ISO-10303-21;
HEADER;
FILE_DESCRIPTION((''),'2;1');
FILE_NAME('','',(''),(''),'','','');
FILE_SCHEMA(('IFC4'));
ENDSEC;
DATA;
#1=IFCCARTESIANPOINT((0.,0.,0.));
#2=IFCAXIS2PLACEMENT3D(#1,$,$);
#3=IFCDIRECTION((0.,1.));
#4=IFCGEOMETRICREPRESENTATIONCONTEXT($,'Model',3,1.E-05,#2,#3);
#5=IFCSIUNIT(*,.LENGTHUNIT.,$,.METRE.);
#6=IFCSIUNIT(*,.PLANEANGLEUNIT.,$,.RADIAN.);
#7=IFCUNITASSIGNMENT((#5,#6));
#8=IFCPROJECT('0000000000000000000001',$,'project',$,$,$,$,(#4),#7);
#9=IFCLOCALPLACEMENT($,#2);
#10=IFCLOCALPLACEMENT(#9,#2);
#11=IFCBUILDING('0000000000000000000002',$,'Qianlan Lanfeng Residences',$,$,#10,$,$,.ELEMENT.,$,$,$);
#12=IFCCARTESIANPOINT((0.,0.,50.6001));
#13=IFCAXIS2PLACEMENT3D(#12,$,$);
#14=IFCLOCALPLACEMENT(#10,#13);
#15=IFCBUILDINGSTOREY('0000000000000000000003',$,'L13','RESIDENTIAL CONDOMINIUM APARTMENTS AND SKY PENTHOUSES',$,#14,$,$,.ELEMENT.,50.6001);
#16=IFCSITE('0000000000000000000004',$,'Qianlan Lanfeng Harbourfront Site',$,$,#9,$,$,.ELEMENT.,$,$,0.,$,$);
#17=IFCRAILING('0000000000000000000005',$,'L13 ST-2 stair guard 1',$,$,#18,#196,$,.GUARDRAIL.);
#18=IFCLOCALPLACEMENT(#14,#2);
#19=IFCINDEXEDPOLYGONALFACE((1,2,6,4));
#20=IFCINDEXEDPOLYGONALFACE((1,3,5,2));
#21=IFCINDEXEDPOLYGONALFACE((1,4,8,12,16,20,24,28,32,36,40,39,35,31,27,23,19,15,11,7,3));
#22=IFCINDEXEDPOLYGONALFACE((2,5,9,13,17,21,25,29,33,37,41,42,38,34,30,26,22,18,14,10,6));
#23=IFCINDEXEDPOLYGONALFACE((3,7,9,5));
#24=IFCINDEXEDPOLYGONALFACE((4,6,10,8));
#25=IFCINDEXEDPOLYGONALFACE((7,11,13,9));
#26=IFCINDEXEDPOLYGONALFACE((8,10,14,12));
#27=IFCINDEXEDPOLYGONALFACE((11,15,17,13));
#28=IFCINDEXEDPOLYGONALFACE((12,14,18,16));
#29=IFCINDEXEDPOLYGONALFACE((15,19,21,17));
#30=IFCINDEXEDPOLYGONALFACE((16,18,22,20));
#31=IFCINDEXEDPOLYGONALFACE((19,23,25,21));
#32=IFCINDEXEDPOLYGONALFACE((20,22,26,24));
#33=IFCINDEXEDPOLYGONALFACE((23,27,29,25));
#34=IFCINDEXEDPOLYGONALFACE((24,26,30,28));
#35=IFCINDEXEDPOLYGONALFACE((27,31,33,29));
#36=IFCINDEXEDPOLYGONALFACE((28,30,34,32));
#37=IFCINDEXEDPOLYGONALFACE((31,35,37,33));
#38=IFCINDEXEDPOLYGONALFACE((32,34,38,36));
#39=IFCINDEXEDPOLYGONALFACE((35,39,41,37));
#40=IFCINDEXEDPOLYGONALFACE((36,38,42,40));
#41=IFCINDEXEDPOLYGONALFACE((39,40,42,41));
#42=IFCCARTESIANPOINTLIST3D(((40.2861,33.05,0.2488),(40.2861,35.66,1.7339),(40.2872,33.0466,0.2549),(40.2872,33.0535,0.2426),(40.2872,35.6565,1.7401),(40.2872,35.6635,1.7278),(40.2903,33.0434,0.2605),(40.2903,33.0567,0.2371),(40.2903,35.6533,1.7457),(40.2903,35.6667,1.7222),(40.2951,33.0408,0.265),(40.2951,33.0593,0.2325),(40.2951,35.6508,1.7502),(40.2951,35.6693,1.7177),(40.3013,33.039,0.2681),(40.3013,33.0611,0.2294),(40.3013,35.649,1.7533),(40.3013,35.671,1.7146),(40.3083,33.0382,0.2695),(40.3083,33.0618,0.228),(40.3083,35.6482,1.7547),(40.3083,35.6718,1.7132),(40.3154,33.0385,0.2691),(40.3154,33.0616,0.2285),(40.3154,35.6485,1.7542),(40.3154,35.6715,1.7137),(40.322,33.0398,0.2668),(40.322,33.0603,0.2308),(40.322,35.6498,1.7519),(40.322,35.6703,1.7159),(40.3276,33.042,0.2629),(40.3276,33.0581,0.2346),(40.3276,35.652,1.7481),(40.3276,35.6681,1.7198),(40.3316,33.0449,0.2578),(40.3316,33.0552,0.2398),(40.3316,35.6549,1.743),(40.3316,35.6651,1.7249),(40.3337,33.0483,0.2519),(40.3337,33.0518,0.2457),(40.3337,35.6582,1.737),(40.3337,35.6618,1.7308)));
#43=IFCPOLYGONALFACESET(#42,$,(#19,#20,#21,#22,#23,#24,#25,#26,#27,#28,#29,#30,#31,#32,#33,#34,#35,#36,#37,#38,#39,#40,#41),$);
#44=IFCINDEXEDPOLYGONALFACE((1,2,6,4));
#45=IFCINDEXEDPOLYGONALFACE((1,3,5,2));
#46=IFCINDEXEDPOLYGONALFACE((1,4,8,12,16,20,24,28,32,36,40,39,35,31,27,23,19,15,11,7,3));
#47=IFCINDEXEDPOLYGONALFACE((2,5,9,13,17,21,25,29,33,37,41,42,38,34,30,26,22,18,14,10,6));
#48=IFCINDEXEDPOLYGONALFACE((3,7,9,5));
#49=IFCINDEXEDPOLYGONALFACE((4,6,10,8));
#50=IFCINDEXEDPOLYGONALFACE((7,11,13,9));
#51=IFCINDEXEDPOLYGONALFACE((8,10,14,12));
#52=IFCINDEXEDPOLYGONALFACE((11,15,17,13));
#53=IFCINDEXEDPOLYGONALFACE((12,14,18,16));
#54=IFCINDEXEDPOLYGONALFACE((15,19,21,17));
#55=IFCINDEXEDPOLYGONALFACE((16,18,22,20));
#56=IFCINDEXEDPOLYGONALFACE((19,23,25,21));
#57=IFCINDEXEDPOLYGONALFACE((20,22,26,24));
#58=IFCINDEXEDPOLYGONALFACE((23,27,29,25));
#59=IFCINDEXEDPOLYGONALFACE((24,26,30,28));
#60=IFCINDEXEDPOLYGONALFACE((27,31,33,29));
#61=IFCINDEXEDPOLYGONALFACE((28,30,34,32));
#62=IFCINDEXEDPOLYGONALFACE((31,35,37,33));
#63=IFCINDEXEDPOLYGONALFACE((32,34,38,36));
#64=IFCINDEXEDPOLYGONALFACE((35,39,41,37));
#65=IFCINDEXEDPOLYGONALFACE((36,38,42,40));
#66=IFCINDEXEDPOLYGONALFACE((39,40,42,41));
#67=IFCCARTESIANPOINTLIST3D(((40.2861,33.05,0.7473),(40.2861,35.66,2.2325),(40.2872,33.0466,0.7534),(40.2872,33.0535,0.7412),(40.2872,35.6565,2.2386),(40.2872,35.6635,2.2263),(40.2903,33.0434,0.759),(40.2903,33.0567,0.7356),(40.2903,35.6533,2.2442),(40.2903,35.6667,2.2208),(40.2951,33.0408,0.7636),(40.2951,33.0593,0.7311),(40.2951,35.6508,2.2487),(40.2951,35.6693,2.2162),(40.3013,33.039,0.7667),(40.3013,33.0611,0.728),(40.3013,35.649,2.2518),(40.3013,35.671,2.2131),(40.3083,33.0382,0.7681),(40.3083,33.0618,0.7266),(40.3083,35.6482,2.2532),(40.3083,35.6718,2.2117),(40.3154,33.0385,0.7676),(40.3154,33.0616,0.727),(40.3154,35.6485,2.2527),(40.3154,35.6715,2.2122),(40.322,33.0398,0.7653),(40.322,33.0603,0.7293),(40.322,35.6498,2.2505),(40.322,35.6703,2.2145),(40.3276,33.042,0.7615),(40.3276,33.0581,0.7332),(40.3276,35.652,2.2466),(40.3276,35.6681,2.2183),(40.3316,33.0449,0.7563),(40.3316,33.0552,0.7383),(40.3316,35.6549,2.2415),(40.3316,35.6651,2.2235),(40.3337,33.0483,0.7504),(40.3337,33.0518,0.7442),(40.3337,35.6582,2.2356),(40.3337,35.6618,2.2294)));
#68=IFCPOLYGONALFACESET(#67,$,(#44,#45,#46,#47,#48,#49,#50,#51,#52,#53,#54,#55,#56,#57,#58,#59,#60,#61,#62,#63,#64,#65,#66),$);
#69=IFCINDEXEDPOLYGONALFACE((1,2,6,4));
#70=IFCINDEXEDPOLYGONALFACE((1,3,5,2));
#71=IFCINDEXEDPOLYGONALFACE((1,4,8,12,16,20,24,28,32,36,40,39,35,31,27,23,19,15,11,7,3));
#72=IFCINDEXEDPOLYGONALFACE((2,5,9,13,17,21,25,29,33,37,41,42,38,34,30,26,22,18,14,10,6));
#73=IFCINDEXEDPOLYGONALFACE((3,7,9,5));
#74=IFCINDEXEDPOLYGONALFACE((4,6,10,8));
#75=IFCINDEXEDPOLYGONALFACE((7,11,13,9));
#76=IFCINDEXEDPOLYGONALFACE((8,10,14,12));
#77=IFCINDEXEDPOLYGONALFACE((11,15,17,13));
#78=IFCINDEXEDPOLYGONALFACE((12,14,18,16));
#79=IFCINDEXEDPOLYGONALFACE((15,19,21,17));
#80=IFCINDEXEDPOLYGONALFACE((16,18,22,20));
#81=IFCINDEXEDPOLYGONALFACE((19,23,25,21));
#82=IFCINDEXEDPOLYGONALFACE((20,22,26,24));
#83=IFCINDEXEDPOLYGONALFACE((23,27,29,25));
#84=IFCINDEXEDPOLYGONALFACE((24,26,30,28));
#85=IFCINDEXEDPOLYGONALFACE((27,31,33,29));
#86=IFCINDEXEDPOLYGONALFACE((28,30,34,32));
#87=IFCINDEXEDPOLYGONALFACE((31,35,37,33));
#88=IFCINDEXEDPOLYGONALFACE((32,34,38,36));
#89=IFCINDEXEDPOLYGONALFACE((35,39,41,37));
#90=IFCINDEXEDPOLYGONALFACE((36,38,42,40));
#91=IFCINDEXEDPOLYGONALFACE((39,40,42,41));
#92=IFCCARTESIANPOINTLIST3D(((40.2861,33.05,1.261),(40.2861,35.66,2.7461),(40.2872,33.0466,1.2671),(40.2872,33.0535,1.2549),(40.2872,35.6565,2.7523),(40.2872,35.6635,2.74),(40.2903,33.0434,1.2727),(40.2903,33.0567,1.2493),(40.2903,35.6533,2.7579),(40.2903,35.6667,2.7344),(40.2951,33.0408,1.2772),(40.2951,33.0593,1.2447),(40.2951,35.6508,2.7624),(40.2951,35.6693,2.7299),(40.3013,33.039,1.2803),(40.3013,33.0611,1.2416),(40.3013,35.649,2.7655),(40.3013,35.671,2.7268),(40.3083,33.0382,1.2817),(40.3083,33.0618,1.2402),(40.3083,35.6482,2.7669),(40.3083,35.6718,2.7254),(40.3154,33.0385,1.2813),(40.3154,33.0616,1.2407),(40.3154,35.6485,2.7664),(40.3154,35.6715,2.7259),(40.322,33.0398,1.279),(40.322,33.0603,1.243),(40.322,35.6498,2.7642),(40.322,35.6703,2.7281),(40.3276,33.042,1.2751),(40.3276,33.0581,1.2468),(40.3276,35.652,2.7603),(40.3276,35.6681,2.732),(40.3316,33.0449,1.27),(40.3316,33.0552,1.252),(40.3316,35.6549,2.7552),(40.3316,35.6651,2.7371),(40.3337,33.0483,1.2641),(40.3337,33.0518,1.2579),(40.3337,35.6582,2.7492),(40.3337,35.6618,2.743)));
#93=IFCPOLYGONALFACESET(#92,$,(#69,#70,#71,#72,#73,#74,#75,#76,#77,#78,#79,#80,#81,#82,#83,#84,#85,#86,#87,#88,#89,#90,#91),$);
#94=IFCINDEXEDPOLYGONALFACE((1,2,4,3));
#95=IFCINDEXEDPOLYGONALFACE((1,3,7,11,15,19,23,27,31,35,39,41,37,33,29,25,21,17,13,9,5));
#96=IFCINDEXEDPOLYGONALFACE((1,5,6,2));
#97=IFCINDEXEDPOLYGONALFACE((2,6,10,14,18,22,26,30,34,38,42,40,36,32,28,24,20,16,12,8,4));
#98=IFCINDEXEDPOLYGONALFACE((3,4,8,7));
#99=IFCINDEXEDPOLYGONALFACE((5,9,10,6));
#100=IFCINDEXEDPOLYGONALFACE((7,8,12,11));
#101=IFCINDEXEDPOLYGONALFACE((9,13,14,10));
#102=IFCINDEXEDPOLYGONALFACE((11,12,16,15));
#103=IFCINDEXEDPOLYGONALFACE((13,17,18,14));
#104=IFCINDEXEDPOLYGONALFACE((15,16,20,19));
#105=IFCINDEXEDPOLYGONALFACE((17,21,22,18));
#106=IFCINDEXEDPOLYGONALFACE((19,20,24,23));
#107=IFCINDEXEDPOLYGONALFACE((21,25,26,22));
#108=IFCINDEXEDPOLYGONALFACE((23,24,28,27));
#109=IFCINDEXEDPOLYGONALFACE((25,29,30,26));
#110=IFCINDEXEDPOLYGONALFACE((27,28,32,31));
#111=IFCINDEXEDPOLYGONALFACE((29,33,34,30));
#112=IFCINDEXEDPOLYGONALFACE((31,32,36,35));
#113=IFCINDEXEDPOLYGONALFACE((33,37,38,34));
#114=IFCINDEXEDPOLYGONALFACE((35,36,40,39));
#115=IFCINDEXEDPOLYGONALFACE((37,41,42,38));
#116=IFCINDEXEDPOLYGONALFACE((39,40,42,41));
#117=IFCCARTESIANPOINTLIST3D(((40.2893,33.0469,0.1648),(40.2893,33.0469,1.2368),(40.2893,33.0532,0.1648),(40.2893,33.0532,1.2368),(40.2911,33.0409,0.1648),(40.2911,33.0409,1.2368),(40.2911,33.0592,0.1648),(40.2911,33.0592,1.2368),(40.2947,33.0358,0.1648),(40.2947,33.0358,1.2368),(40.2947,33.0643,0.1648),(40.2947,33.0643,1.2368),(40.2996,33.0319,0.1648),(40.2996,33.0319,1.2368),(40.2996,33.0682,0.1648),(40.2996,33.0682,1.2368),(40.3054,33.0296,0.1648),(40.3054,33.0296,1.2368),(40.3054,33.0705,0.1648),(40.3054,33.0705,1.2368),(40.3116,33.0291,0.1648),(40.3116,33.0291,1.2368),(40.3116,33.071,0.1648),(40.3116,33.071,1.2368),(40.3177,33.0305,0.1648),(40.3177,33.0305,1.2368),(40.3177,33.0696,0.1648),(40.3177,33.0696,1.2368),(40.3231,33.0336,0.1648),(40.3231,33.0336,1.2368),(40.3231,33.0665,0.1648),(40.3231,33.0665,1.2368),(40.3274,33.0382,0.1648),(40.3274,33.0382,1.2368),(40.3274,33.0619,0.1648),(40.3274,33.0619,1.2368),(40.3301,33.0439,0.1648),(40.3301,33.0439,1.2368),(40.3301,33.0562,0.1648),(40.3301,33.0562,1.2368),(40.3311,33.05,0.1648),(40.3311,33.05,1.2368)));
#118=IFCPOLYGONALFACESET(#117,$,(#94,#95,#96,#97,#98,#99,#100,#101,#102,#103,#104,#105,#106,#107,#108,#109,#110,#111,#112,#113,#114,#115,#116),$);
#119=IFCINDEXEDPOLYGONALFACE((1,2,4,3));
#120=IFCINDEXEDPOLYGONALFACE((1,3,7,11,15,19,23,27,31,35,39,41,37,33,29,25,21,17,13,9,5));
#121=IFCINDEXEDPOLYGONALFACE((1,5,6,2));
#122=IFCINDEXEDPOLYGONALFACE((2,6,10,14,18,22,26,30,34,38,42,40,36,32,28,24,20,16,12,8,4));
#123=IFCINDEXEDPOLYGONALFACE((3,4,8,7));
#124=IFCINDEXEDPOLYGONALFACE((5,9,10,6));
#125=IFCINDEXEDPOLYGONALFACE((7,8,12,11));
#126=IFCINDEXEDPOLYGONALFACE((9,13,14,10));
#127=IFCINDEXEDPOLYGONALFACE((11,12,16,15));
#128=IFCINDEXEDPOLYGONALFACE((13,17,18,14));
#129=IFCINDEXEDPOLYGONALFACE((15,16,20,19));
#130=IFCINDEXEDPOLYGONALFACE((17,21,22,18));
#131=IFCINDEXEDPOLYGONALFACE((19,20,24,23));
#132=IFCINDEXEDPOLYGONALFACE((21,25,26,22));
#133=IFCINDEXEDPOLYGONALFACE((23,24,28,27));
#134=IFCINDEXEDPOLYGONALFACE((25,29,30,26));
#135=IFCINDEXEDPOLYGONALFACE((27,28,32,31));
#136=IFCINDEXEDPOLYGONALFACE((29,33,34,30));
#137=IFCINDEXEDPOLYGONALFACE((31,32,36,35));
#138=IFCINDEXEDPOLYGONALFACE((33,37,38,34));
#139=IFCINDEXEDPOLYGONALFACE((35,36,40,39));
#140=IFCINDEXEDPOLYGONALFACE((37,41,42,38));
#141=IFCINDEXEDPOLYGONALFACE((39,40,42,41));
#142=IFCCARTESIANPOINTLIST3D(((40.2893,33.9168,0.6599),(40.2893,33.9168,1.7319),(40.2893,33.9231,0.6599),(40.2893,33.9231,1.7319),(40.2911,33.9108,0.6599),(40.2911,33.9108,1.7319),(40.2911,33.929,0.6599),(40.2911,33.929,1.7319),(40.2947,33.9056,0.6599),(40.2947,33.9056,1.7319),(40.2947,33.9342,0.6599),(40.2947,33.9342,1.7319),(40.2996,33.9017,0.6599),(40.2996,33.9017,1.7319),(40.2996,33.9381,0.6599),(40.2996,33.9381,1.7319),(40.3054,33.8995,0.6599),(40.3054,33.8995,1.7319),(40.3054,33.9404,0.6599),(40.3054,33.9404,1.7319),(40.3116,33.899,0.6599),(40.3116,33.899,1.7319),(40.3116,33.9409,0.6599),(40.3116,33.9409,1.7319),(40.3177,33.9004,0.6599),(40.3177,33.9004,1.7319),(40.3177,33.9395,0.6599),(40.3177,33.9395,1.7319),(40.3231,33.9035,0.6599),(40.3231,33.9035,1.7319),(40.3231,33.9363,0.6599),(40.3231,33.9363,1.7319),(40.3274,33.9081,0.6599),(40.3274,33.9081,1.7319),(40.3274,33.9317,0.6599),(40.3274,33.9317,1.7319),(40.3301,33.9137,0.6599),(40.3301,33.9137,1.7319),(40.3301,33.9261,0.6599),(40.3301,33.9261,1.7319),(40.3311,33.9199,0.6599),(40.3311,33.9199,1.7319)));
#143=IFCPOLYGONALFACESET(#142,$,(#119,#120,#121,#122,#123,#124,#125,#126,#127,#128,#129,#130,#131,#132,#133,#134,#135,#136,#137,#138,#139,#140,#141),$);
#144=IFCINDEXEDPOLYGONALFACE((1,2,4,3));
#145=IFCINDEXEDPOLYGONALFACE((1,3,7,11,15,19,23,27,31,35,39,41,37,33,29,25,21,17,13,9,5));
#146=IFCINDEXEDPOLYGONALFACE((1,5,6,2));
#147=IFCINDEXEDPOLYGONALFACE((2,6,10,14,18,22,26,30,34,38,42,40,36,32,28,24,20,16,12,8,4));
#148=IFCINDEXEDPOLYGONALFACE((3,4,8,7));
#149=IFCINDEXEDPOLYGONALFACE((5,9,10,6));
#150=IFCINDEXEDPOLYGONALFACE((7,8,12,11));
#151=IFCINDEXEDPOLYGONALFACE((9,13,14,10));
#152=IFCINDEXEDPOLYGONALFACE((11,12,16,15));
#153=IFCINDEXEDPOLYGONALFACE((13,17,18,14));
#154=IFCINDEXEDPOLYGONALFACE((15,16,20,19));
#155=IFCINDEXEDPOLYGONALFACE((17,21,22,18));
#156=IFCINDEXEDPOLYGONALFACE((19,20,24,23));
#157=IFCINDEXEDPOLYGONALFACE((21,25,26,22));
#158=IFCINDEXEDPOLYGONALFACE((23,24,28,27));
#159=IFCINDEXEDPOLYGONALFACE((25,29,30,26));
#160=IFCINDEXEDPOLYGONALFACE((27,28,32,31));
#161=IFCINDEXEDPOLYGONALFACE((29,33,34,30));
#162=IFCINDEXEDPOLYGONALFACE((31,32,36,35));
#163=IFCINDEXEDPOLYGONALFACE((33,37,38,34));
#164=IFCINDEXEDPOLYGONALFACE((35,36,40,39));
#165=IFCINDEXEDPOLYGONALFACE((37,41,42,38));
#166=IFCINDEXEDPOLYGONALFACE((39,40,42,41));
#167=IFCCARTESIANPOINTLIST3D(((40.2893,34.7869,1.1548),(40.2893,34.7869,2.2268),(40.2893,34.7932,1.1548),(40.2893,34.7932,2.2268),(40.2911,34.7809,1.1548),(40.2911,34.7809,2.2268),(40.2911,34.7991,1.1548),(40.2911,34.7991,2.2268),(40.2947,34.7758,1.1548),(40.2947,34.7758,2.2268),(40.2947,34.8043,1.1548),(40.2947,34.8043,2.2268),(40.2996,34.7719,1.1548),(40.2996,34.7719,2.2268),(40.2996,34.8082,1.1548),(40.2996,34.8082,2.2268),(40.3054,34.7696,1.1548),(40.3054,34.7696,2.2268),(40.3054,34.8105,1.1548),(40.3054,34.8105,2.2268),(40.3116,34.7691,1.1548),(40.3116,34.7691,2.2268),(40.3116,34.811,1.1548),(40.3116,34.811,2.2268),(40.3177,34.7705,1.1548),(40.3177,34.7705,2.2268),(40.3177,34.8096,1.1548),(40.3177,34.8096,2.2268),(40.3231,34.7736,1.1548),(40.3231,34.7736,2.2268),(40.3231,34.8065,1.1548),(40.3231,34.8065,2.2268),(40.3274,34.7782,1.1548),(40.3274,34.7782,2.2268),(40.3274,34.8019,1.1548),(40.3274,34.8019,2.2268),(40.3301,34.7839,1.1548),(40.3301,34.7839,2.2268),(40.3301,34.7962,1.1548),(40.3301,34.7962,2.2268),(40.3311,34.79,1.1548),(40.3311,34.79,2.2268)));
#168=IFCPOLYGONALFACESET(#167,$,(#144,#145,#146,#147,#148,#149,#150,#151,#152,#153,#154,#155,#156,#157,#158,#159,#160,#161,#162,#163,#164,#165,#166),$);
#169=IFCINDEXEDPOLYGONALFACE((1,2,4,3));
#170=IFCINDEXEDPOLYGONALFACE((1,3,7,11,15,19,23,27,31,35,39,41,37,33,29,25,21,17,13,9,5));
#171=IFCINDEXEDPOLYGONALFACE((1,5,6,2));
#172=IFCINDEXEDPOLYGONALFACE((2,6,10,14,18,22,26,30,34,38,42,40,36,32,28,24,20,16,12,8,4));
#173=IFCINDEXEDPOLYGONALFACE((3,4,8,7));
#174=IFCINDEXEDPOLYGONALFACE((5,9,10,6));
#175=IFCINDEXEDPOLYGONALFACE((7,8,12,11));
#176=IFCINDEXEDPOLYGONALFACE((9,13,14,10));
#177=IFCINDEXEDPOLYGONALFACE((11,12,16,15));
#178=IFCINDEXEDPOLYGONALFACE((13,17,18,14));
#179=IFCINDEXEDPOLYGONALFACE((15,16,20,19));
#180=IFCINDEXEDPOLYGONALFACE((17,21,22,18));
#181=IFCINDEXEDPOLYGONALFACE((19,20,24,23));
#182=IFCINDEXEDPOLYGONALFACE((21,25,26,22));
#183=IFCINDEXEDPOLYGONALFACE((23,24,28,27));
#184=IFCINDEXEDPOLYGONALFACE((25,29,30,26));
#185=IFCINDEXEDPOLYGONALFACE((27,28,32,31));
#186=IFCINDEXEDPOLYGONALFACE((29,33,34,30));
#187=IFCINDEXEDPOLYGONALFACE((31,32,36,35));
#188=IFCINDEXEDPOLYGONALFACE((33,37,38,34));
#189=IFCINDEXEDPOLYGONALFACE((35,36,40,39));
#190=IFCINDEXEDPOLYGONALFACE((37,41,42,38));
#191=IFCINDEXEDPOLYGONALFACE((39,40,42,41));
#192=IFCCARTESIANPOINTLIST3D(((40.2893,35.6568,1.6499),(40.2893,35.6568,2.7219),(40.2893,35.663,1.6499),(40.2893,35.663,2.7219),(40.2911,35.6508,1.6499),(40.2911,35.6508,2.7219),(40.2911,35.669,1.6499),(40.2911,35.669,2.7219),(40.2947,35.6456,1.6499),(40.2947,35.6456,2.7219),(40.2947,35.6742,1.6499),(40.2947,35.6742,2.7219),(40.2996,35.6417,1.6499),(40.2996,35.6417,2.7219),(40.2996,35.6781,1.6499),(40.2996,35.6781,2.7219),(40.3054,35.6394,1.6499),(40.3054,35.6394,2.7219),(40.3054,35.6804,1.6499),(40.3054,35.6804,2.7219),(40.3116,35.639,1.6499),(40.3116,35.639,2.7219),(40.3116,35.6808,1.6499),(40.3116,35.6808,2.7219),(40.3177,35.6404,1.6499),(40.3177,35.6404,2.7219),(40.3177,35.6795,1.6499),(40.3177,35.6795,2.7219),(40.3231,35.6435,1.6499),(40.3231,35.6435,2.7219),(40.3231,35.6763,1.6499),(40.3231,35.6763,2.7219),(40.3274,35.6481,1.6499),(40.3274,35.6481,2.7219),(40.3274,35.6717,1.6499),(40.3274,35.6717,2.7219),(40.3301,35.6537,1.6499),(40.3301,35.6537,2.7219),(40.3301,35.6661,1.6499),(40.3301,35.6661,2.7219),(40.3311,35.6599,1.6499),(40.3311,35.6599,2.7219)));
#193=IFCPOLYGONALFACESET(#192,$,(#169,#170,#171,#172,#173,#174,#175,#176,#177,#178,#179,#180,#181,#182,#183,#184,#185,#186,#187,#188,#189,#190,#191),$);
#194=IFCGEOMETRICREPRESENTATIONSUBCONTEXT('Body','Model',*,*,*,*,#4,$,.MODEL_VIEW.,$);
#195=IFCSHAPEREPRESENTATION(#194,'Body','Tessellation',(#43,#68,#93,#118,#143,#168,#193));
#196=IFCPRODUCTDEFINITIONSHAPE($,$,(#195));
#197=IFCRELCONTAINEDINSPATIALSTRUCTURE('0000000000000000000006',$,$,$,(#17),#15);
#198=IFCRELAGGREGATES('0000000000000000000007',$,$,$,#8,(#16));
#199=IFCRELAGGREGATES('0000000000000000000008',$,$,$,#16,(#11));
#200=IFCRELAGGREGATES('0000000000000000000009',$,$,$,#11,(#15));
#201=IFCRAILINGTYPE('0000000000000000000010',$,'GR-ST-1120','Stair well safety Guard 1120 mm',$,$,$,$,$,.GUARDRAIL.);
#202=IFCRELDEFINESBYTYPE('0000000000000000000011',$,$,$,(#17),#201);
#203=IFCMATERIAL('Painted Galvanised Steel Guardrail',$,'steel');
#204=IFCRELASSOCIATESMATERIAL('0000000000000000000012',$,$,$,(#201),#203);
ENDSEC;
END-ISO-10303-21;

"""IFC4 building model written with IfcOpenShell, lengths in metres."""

from ifc_helpers import new_model, si_unit, direction, frame, origin, origin_2d, place, context, subcontext, project, spatial, circle, extrude, material, type_object, element, save


model = new_model("IFC4")

# Units and contexts
model_context = context("Model", 3, precision=1e-05, world=origin(), true_north=direction((0.0, 1.0)))
body_context = subcontext(model_context, "Body", "Model", "MODEL_VIEW")
ifc_project = project(units=[si_unit("LENGTHUNIT", "METRE"), si_unit("PLANEANGLEUNIT", "RADIAN")], contexts=[model_context])

# Site, building, storey
site_placement = place(None, origin())
site = spatial("IfcSite", under=ifc_project, at=site_placement, Name="Qianlan Lanfeng Harbourfront Site", CompositionType="ELEMENT", RefElevation=0.0)
building_placement = place(site_placement, origin())
building = spatial("IfcBuilding", under=site, at=building_placement, Name="Qianlan Lanfeng Residences", CompositionType="ELEMENT")
storey_placement = place(building_placement, frame((0.0, 0.0, 50.6001)))
storey = spatial("IfcBuildingStorey", under=building, at=storey_placement, Name="L13", Description="RESIDENTIAL CONDOMINIUM APARTMENTS AND SKY PENTHOUSES", CompositionType="ELEMENT", Elevation=50.6001)

# Railing
ifc_material_1 = material(Name="Painted Galvanised Steel Guardrail", Category="steel")
railing_type_1 = type_object("IfcRailingType", Name="GR-ST-1120", Description="Stair well safety Guard 1120 mm", PredefinedType="GUARDRAIL", material=ifc_material_1)
railing_1_placement = place(storey_placement, frame((40.3101, 33.05, 0.1648)))
element("IfcRailing", 1, at=railing_1_placement, inside=storey, type_object=railing_type_1, Name="L13 ST-2 stair guard 1", PredefinedType="GUARDRAIL", context=body_context, shape_type="SweptSolid", body=[
    extrude(circle(Radius=0.0239, at=origin_2d()), frame((0.0, 0.0, 0.084), z_axis=(0.0, 0.869137, 0.494571), x_axis=(-1.0, 0.0, 0.0)), (0.0, 0.0, 1.0), 3.0029),
    extrude(circle(Radius=0.0239, at=origin_2d()), frame((0.0, 0.0, 0.5825), z_axis=(0.0, 0.869137, 0.494571), x_axis=(-1.0, 0.0, 0.0)), (0.0, 0.0, 1.0), 3.0029),
    extrude(circle(Radius=0.0239, at=origin_2d()), frame((0.0, 0.0, 1.0962), z_axis=(0.0, 0.869137, 0.494571), x_axis=(-1.0, 0.0, 0.0)), (0.0, 0.0, 1.0), 3.0029),
    extrude(circle(Radius=0.021, at=origin_2d()), origin(), (0.0, 0.0, 1.0), 1.072),
    extrude(circle(Radius=0.021, at=origin_2d()), frame((0.0, 0.8699, 0.4951)), (0.0, 0.0, 1.0), 1.072),
    extrude(circle(Radius=0.021, at=origin_2d()), frame((0.0, 1.74, 0.99)), (0.0, 0.0, 1.0), 1.072),
    extrude(circle(Radius=0.021, at=origin_2d()), frame((0.0, 2.6099, 1.4851)), (0.0, 0.0, 1.0), 1.072),
])

save(model, "model.ifc")
